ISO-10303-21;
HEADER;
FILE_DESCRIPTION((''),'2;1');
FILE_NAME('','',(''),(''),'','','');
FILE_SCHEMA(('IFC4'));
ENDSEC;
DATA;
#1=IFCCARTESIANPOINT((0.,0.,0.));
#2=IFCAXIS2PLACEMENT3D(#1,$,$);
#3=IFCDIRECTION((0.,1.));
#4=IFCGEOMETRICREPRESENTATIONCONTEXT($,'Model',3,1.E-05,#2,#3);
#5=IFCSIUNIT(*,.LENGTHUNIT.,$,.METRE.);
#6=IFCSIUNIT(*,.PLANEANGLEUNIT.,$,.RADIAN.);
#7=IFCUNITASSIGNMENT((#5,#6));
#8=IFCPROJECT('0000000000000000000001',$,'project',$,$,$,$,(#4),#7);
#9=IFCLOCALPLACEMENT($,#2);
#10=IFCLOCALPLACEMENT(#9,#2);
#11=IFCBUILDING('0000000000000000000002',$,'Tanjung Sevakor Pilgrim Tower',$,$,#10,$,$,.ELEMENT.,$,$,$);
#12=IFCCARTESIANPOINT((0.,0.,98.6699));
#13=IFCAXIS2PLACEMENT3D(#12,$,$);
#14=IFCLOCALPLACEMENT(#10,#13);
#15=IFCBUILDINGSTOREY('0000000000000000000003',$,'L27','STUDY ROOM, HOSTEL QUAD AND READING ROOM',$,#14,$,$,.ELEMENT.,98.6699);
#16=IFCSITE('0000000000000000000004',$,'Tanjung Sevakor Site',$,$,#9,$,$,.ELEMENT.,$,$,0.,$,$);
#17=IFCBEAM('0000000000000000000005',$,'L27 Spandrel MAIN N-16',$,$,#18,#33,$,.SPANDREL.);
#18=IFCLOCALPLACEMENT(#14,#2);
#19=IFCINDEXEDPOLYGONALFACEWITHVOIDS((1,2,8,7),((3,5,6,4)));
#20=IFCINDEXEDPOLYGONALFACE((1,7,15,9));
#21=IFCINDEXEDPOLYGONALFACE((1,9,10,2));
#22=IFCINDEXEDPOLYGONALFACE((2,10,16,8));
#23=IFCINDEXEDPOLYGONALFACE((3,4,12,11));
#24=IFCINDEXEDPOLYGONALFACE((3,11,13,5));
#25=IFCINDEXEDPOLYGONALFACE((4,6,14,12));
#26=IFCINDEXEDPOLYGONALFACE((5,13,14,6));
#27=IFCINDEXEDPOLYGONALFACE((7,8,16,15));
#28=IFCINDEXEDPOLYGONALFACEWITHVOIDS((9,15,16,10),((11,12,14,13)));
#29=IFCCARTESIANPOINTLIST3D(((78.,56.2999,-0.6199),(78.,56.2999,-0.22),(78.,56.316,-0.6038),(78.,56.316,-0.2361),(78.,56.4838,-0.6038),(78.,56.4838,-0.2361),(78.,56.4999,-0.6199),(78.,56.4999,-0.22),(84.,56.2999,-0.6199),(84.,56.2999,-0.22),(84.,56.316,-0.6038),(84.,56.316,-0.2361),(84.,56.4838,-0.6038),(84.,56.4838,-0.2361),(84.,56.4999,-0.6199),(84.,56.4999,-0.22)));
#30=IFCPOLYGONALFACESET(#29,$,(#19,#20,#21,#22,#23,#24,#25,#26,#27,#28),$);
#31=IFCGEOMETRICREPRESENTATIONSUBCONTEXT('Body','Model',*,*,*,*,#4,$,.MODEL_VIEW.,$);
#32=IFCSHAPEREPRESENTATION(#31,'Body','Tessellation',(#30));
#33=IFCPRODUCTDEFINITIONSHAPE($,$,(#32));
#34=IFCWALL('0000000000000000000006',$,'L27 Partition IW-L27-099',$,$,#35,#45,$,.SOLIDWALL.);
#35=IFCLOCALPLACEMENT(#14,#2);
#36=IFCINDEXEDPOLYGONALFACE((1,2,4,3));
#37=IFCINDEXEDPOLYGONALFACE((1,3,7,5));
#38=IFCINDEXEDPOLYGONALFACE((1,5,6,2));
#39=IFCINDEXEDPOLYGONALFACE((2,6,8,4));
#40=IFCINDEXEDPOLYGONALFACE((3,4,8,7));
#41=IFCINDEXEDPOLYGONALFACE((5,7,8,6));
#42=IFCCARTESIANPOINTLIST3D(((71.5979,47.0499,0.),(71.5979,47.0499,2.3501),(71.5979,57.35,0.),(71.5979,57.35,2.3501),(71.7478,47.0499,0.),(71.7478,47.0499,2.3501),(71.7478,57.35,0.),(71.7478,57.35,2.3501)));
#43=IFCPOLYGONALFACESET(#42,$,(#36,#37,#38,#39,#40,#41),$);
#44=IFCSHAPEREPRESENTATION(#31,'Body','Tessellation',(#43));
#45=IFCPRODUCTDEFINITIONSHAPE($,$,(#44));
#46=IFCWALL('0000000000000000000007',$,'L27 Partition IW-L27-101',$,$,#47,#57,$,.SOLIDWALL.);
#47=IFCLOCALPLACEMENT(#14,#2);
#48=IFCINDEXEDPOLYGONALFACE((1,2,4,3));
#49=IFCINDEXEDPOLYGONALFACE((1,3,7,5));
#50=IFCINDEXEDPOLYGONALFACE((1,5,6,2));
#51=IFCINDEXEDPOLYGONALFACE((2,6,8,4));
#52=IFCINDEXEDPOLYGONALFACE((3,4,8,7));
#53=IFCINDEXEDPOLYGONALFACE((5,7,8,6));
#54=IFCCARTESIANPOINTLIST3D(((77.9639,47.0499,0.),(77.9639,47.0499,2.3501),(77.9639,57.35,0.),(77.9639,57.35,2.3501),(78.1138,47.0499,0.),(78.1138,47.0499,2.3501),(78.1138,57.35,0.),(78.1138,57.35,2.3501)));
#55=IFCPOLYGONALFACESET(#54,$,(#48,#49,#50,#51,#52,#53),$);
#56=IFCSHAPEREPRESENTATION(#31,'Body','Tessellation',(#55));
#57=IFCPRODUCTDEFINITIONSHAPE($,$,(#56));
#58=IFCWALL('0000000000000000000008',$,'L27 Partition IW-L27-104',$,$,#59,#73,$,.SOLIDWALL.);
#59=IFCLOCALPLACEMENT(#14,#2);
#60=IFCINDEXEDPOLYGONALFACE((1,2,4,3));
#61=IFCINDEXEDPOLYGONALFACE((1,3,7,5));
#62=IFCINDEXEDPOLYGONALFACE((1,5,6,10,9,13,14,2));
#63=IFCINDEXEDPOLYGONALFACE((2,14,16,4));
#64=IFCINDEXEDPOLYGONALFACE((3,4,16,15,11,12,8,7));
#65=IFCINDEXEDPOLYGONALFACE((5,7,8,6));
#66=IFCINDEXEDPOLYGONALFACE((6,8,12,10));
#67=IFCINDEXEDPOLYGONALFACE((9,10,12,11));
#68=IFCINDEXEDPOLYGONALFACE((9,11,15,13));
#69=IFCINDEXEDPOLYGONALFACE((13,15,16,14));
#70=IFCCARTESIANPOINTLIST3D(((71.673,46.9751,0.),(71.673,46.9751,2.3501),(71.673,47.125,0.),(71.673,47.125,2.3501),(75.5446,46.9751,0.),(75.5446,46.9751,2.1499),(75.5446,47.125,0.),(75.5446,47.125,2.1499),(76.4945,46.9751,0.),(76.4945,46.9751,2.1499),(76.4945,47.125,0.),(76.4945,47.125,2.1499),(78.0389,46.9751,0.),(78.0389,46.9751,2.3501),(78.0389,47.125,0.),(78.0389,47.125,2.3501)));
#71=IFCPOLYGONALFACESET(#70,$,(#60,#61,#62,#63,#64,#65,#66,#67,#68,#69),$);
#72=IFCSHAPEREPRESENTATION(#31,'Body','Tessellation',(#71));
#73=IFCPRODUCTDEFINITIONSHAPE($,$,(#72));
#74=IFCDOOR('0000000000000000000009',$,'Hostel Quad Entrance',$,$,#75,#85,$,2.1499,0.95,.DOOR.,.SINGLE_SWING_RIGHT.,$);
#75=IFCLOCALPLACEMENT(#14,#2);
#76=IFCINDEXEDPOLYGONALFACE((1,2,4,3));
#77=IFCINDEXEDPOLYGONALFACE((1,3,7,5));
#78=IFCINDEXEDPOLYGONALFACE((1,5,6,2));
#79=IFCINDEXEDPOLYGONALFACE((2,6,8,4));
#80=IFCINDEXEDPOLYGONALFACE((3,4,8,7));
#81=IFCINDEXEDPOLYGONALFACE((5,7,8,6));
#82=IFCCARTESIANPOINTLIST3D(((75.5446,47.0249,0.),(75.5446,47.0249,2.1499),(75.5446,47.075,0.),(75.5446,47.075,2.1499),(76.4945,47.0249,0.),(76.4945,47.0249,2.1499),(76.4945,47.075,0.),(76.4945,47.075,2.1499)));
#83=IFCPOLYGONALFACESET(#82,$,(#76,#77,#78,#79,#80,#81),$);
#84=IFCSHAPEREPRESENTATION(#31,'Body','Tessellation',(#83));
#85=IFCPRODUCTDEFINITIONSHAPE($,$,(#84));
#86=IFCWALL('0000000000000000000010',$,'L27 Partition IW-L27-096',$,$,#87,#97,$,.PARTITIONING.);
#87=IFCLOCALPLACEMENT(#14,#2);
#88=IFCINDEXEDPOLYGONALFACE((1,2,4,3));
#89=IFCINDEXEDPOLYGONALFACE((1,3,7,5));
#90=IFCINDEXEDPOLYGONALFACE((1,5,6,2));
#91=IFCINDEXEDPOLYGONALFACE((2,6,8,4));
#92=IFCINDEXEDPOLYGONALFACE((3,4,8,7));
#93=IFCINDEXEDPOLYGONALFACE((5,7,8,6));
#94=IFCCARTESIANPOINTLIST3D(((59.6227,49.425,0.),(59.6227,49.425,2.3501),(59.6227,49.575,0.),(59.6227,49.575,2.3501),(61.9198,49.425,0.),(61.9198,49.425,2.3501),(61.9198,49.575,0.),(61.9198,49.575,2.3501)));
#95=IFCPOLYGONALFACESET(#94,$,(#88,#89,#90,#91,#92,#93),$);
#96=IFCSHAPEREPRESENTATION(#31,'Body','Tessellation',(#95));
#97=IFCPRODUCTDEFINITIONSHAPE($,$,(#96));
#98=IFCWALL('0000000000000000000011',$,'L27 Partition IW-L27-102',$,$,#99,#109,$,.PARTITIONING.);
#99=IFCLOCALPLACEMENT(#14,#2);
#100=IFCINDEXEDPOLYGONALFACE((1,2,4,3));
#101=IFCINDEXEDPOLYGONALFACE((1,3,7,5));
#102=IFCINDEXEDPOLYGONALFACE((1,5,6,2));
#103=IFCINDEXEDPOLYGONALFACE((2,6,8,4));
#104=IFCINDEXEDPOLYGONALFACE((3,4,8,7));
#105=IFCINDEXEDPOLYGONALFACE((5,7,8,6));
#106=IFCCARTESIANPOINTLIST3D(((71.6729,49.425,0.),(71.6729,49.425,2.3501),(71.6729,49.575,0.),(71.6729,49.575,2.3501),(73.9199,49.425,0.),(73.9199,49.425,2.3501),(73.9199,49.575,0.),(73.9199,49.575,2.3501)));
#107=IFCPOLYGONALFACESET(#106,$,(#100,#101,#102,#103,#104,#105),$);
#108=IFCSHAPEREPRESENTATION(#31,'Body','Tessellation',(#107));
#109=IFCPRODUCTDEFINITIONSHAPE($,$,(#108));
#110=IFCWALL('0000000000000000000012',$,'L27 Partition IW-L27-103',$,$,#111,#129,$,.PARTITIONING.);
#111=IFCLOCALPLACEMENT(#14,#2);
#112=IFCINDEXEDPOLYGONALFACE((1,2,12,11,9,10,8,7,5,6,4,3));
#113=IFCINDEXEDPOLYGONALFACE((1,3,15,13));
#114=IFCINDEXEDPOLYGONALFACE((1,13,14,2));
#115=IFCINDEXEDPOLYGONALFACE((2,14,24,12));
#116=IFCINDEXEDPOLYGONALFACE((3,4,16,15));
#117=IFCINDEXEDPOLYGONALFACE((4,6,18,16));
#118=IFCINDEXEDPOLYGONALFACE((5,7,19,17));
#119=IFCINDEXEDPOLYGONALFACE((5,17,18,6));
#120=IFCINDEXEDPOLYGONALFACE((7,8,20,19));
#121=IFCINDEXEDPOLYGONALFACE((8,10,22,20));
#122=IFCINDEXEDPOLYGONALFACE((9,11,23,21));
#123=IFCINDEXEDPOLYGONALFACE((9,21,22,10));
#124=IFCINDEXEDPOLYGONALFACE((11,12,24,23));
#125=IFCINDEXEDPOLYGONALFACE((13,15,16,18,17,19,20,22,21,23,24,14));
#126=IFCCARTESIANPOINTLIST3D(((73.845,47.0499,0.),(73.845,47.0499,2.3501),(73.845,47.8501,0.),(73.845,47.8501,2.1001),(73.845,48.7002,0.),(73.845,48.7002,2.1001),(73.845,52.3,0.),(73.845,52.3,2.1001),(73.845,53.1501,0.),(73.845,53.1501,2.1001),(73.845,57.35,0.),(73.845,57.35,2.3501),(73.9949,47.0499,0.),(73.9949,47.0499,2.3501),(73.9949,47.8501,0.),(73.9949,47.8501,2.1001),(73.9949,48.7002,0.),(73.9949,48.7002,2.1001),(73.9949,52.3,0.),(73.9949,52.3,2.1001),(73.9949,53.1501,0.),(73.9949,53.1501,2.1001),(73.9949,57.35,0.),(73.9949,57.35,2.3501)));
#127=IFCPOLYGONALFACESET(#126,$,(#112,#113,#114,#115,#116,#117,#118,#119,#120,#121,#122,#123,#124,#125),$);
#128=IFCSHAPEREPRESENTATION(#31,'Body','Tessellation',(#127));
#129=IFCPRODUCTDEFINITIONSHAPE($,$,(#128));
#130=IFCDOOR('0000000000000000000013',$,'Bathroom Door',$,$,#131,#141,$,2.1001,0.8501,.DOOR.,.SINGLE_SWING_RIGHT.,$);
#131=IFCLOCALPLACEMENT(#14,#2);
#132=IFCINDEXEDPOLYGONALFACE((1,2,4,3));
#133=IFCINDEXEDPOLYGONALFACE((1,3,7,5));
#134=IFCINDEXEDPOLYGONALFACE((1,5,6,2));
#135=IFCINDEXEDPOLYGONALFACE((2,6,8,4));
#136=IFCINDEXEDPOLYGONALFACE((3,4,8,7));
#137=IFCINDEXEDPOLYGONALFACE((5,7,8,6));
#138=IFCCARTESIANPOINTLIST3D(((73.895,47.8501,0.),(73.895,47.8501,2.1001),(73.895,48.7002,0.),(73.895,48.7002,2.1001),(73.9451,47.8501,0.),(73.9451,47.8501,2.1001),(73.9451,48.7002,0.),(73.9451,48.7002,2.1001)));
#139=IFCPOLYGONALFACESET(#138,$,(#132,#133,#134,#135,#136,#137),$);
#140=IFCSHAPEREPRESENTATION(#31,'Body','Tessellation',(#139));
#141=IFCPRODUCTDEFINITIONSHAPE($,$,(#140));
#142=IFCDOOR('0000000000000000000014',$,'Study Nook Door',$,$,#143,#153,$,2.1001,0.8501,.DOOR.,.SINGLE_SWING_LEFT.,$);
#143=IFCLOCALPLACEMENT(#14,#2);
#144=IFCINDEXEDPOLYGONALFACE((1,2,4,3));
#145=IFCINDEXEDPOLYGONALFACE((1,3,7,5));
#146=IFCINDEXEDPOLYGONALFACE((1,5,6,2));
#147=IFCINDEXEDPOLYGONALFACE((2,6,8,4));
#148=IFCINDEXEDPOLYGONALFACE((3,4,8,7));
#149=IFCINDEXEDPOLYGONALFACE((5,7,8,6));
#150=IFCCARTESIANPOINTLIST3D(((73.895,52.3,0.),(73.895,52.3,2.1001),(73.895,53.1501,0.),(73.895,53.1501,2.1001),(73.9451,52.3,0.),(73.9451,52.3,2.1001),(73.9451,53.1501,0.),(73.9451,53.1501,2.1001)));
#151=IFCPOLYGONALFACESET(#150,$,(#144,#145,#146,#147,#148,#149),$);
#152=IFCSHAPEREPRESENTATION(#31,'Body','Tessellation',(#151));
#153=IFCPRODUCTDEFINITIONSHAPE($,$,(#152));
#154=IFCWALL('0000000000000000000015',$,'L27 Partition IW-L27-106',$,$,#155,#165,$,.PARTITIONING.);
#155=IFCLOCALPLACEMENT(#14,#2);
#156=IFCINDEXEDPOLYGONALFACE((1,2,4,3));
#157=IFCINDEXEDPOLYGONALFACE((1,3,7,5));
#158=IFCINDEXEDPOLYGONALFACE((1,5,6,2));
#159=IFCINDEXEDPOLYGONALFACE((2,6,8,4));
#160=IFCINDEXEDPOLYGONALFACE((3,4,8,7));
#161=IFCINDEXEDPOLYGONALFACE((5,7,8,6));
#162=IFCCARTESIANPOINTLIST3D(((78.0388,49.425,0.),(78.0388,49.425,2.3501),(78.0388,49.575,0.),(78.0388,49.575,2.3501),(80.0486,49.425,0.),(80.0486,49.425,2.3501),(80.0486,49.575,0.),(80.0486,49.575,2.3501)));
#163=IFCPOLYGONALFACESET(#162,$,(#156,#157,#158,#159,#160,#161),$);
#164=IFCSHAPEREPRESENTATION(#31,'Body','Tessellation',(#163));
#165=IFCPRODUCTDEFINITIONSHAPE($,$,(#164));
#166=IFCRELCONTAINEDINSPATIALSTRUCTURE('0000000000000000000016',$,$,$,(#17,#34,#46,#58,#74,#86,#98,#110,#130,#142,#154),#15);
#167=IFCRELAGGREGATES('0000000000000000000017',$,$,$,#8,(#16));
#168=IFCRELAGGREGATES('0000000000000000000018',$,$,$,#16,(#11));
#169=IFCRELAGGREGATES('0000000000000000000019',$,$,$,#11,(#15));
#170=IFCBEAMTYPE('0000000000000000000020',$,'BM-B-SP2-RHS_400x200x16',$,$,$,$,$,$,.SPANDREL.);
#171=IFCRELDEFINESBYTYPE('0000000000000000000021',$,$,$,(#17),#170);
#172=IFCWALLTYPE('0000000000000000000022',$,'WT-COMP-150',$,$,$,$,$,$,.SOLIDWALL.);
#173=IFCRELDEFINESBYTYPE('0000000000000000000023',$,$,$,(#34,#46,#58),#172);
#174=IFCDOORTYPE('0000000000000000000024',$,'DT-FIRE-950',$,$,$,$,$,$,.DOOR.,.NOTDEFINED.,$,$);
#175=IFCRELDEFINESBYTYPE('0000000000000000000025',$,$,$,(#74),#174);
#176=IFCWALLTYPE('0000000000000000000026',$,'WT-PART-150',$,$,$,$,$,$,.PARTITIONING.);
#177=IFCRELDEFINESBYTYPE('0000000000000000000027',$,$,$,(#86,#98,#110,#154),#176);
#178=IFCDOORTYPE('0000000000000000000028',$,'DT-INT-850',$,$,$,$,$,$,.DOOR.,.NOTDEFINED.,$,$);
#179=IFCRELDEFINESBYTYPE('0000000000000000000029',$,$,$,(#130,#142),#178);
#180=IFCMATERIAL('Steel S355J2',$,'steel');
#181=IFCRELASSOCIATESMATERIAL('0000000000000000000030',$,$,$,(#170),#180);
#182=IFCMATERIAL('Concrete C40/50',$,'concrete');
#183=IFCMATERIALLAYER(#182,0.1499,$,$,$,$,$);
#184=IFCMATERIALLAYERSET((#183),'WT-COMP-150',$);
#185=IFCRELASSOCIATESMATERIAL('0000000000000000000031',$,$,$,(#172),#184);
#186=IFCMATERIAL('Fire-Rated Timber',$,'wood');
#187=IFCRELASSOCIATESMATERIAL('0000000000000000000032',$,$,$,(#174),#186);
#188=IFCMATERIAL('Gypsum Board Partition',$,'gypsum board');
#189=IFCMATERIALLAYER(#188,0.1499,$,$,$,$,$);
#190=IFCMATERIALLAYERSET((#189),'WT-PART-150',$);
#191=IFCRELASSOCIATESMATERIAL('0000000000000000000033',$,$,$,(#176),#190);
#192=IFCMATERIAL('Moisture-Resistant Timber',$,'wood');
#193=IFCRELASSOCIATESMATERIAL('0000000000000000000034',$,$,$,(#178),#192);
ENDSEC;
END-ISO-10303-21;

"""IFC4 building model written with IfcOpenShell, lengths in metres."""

from ifc_helpers import new_model, si_unit, direction, frame, frame_2d, origin, origin_2d, place, context, subcontext, project, spatial, rectangle, hollow_rectangle, extrude, material, layer, layer_set, material_profile, profile_set, type_object, element, fill, save


model = new_model("IFC4")

# Units and contexts
model_context = context("Model", 3, precision=1e-05, world=origin(), true_north=direction((0.0, 1.0)))
body_context = subcontext(model_context, "Body", "Model", "MODEL_VIEW")
ifc_project = project(units=[si_unit("LENGTHUNIT", "METRE"), si_unit("PLANEANGLEUNIT", "RADIAN")], contexts=[model_context])

# Site, building, storey
site_placement = place(None, origin())
site = spatial("IfcSite", under=ifc_project, at=site_placement, Name="Tanjung Sevakor Site", CompositionType="ELEMENT", RefElevation=0.0)
building_placement = place(site_placement, origin())
building = spatial("IfcBuilding", under=site, at=building_placement, Name="Tanjung Sevakor Pilgrim Tower", CompositionType="ELEMENT")
storey_placement = place(building_placement, frame((0.0, 0.0, 98.6699)))
storey = spatial("IfcBuildingStorey", under=building, at=storey_placement, Name="L27", Description="STUDY ROOM, HOSTEL QUAD AND READING ROOM", CompositionType="ELEMENT", Elevation=98.6699)

# Beam
ifc_material_1 = material(Name="Steel S355J2", Category="steel")
ifc_material_profile_1 = material_profile(ifc_material_1, hollow_rectangle(XDim=0.2, YDim=0.3999, WallThickness=0.0161, at=origin_2d()))
ifc_profile_set_1 = profile_set([ifc_material_profile_1], Name="Steel S355J2")
beam_type_1 = type_object("IfcBeamType", Name="BM-B-SP2-RHS_400x200x16", PredefinedType="SPANDREL", material=ifc_profile_set_1)
for number, where, z_axis, x_axis, name in (
    (1, (78.0, 56.3999, -0.4199), (1.0, 0.0, 0.0), (0.0, 1.0, 0.0), "L27 Spandrel MAIN N-16"),
):
    element("IfcBeam", number, at=place(storey_placement, frame(where, z_axis=z_axis, x_axis=x_axis)), inside=storey, type_object=beam_type_1, Name=name, PredefinedType="SPANDREL", context=body_context, shape_type="SweptSolid", body=[
        extrude(hollow_rectangle(XDim=0.2, YDim=0.3999, WallThickness=0.0161, at=origin_2d()), origin(), (0.0, 0.0, 1.0), 6.0),
    ])

# Wall
ifc_material_2 = material(Name="Concrete C40/50", Category="concrete")
ifc_layer_1 = layer(ifc_material_2, 0.1499)
ifc_layer_set_1 = layer_set([ifc_layer_1], Name="WT-COMP-150")
wall_type_1 = type_object("IfcWallType", Name="WT-COMP-150", PredefinedType="SOLIDWALL", material=ifc_layer_set_1)
wall_1_placement = place(storey_placement, frame((71.6729, 47.05, 0.0), z_axis=(0.0, 0.0, 1.0), x_axis=(0.0, 1.0, 0.0)))
element("IfcWall", 2, at=wall_1_placement, inside=storey, type_object=wall_type_1, Name="L27 Partition IW-L27-099", PredefinedType="SOLIDWALL", context=body_context, shape_type="SweptSolid", body=[
    extrude(rectangle(XDim=10.3, YDim=0.1499, at=frame_2d((5.1499, 0.0))), origin(), (0.0, 0.0, 1.0), 2.3501),
])

# Wall
wall_2_placement = place(storey_placement, frame((78.0388, 47.05, 0.0), z_axis=(0.0, 0.0, 1.0), x_axis=(0.0, 1.0, 0.0)))
element("IfcWall", 3, at=wall_2_placement, inside=storey, type_object=wall_type_1, Name="L27 Partition IW-L27-101", PredefinedType="SOLIDWALL", context=body_context, shape_type="SweptSolid", body=[
    extrude(rectangle(XDim=10.3, YDim=0.1499, at=frame_2d((5.1499, 0.0))), origin(), (0.0, 0.0, 1.0), 2.3501),
])

# Wall, opening, door
wall_3_placement = place(storey_placement, frame((71.6729, 47.05, 0.0), z_axis=(0.0, 0.0, 1.0), x_axis=(1.0, 0.0, 0.0)))
wall_3 = element("IfcWall", 4, at=wall_3_placement, inside=storey, type_object=wall_type_1, Name="L27 Partition IW-L27-104", PredefinedType="SOLIDWALL", context=body_context, shape_type="SweptSolid", body=[
    extrude(rectangle(XDim=6.366, YDim=0.1499, at=frame_2d((3.1831, 0.0))), origin(), (0.0, 0.0, 1.0), 2.3501),
])
opening_1_placement = place(wall_3_placement, frame((3.8716, 0.0, 0.0)))
opening_1 = element("IfcOpeningElement", 5, at=opening_1_placement, cuts=wall_3, PredefinedType="OPENING", context=body_context, shape_type="SweptSolid", body=[
    extrude(rectangle(XDim=0.95, YDim=2.1499, at=frame_2d((0.4751, 1.075))), frame((0.0, 0.085, 0.0), z_axis=(0.0, -1.0, 0.0), x_axis=(1.0, 0.0, 0.0)), (0.0, 0.0, 1.0), 0.1699),
])
ifc_material_3 = material(Name="Fire-Rated Timber", Category="wood")
door_type_1 = type_object("IfcDoorType", Name="DT-FIRE-950", OperationType="NOTDEFINED", PredefinedType="DOOR", material=ifc_material_3)
door_1_placement = place(opening_1_placement, origin())
door_1 = element("IfcDoor", 6, at=door_1_placement, inside=storey, type_object=door_type_1, Name="Hostel Quad Entrance", OperationType="SINGLE_SWING_RIGHT", OverallHeight=2.1499, OverallWidth=0.95, PredefinedType="DOOR", context=body_context, shape_type="SweptSolid", body=[
    extrude(rectangle(XDim=0.95, YDim=2.1499, at=frame_2d((0.4751, 1.075))), frame((0.0, 0.0249, 0.0), z_axis=(0.0, -1.0, 0.0), x_axis=(1.0, 0.0, 0.0)), (0.0, 0.0, 1.0), 0.05),
])
fill(opening_1, door_1)

# Walls
ifc_material_4 = material(Name="Gypsum Board Partition", Category="gypsum board")
ifc_layer_2 = layer(ifc_material_4, 0.1499)
ifc_layer_set_2 = layer_set([ifc_layer_2], Name="WT-PART-150")
wall_type_2 = type_object("IfcWallType", Name="WT-PART-150", PredefinedType="PARTITIONING", material=ifc_layer_set_2)
wall_4_placement = place(storey_placement, frame((59.6228, 49.5, 0.0), z_axis=(0.0, 0.0, 1.0), x_axis=(1.0, 0.0, 0.0)))
element("IfcWall", 7, at=wall_4_placement, inside=storey, type_object=wall_type_2, Name="L27 Partition IW-L27-096", PredefinedType="PARTITIONING", context=body_context, shape_type="SweptSolid", body=[
    extrude(rectangle(XDim=2.2971, YDim=0.1499, at=frame_2d((1.1484, 0.0))), origin(), (0.0, 0.0, 1.0), 2.3501),
])
wall_5_placement = place(storey_placement, frame((71.6729, 49.5, 0.0), z_axis=(0.0, 0.0, 1.0), x_axis=(1.0, 0.0, 0.0)))
element("IfcWall", 8, at=wall_5_placement, inside=storey, type_object=wall_type_2, Name="L27 Partition IW-L27-102", PredefinedType="PARTITIONING", context=body_context, shape_type="SweptSolid", body=[
    extrude(rectangle(XDim=2.2471, YDim=0.1499, at=frame_2d((1.1235, 0.0))), origin(), (0.0, 0.0, 1.0), 2.3501),
])

# Wall, openings, doors
wall_6_placement = place(storey_placement, frame((73.9199, 47.05, 0.0), z_axis=(0.0, 0.0, 1.0), x_axis=(0.0, 1.0, 0.0)))
wall_6 = element("IfcWall", 9, at=wall_6_placement, inside=storey, type_object=wall_type_2, Name="L27 Partition IW-L27-103", PredefinedType="PARTITIONING", context=body_context, shape_type="SweptSolid", body=[
    extrude(rectangle(XDim=10.3, YDim=0.1499, at=frame_2d((5.1499, 0.0))), origin(), (0.0, 0.0, 1.0), 2.3501),
])
opening_2_placement = place(wall_6_placement, frame((0.8, 0.0, 0.0)))
opening_2 = element("IfcOpeningElement", 10, at=opening_2_placement, cuts=wall_6, PredefinedType="OPENING", context=body_context, shape_type="SweptSolid", body=[
    extrude(rectangle(XDim=0.8501, YDim=2.1001, at=frame_2d((0.425, 1.05))), frame((0.0, 0.085, 0.0), z_axis=(0.0, -1.0, 0.0), x_axis=(1.0, 0.0, 0.0)), (0.0, 0.0, 1.0), 0.1699),
])
opening_3_placement = place(wall_6_placement, frame((5.25, 0.0, 0.0)))
opening_3 = element("IfcOpeningElement", 11, at=opening_3_placement, cuts=wall_6, PredefinedType="OPENING", context=body_context, shape_type="SweptSolid", body=[
    extrude(rectangle(XDim=0.8501, YDim=2.1001, at=frame_2d((0.425, 1.05))), frame((0.0, 0.085, 0.0), z_axis=(0.0, -1.0, 0.0), x_axis=(1.0, 0.0, 0.0)), (0.0, 0.0, 1.0), 0.1699),
])
ifc_material_5 = material(Name="Moisture-Resistant Timber", Category="wood")
door_type_2 = type_object("IfcDoorType", Name="DT-INT-850", OperationType="NOTDEFINED", PredefinedType="DOOR", material=ifc_material_5)
door_2_placement = place(opening_2_placement, origin())
door_2 = element("IfcDoor", 12, at=door_2_placement, inside=storey, type_object=door_type_2, Name="Bathroom Door", OperationType="SINGLE_SWING_RIGHT", OverallHeight=2.1001, OverallWidth=0.8501, PredefinedType="DOOR", context=body_context, shape_type="SweptSolid", body=[
    extrude(rectangle(XDim=0.8501, YDim=2.1001, at=frame_2d((0.425, 1.05))), frame((0.0, 0.0249, 0.0), z_axis=(0.0, -1.0, 0.0), x_axis=(1.0, 0.0, 0.0)), (0.0, 0.0, 1.0), 0.05),
])
fill(opening_2, door_2)
door_3_placement = place(opening_3_placement, origin())
door_3 = element("IfcDoor", 13, at=door_3_placement, inside=storey, type_object=door_type_2, Name="Study Nook Door", OperationType="SINGLE_SWING_LEFT", OverallHeight=2.1001, OverallWidth=0.8501, PredefinedType="DOOR", context=body_context, shape_type="SweptSolid", body=[
    extrude(rectangle(XDim=0.8501, YDim=2.1001, at=frame_2d((0.425, 1.05))), frame((0.0, 0.0249, 0.0), z_axis=(0.0, -1.0, 0.0), x_axis=(1.0, 0.0, 0.0)), (0.0, 0.0, 1.0), 0.05),
])
fill(opening_3, door_3)

# Wall
wall_7_placement = place(storey_placement, frame((78.0388, 49.5, 0.0), z_axis=(0.0, 0.0, 1.0), x_axis=(1.0, 0.0, 0.0)))
element("IfcWall", 14, at=wall_7_placement, inside=storey, type_object=wall_type_2, Name="L27 Partition IW-L27-106", PredefinedType="PARTITIONING", context=body_context, shape_type="SweptSolid", body=[
    extrude(rectangle(XDim=2.0098, YDim=0.1499, at=frame_2d((1.0049, 0.0))), origin(), (0.0, 0.0, 1.0), 2.3501),
])

save(model, "model.ifc")
